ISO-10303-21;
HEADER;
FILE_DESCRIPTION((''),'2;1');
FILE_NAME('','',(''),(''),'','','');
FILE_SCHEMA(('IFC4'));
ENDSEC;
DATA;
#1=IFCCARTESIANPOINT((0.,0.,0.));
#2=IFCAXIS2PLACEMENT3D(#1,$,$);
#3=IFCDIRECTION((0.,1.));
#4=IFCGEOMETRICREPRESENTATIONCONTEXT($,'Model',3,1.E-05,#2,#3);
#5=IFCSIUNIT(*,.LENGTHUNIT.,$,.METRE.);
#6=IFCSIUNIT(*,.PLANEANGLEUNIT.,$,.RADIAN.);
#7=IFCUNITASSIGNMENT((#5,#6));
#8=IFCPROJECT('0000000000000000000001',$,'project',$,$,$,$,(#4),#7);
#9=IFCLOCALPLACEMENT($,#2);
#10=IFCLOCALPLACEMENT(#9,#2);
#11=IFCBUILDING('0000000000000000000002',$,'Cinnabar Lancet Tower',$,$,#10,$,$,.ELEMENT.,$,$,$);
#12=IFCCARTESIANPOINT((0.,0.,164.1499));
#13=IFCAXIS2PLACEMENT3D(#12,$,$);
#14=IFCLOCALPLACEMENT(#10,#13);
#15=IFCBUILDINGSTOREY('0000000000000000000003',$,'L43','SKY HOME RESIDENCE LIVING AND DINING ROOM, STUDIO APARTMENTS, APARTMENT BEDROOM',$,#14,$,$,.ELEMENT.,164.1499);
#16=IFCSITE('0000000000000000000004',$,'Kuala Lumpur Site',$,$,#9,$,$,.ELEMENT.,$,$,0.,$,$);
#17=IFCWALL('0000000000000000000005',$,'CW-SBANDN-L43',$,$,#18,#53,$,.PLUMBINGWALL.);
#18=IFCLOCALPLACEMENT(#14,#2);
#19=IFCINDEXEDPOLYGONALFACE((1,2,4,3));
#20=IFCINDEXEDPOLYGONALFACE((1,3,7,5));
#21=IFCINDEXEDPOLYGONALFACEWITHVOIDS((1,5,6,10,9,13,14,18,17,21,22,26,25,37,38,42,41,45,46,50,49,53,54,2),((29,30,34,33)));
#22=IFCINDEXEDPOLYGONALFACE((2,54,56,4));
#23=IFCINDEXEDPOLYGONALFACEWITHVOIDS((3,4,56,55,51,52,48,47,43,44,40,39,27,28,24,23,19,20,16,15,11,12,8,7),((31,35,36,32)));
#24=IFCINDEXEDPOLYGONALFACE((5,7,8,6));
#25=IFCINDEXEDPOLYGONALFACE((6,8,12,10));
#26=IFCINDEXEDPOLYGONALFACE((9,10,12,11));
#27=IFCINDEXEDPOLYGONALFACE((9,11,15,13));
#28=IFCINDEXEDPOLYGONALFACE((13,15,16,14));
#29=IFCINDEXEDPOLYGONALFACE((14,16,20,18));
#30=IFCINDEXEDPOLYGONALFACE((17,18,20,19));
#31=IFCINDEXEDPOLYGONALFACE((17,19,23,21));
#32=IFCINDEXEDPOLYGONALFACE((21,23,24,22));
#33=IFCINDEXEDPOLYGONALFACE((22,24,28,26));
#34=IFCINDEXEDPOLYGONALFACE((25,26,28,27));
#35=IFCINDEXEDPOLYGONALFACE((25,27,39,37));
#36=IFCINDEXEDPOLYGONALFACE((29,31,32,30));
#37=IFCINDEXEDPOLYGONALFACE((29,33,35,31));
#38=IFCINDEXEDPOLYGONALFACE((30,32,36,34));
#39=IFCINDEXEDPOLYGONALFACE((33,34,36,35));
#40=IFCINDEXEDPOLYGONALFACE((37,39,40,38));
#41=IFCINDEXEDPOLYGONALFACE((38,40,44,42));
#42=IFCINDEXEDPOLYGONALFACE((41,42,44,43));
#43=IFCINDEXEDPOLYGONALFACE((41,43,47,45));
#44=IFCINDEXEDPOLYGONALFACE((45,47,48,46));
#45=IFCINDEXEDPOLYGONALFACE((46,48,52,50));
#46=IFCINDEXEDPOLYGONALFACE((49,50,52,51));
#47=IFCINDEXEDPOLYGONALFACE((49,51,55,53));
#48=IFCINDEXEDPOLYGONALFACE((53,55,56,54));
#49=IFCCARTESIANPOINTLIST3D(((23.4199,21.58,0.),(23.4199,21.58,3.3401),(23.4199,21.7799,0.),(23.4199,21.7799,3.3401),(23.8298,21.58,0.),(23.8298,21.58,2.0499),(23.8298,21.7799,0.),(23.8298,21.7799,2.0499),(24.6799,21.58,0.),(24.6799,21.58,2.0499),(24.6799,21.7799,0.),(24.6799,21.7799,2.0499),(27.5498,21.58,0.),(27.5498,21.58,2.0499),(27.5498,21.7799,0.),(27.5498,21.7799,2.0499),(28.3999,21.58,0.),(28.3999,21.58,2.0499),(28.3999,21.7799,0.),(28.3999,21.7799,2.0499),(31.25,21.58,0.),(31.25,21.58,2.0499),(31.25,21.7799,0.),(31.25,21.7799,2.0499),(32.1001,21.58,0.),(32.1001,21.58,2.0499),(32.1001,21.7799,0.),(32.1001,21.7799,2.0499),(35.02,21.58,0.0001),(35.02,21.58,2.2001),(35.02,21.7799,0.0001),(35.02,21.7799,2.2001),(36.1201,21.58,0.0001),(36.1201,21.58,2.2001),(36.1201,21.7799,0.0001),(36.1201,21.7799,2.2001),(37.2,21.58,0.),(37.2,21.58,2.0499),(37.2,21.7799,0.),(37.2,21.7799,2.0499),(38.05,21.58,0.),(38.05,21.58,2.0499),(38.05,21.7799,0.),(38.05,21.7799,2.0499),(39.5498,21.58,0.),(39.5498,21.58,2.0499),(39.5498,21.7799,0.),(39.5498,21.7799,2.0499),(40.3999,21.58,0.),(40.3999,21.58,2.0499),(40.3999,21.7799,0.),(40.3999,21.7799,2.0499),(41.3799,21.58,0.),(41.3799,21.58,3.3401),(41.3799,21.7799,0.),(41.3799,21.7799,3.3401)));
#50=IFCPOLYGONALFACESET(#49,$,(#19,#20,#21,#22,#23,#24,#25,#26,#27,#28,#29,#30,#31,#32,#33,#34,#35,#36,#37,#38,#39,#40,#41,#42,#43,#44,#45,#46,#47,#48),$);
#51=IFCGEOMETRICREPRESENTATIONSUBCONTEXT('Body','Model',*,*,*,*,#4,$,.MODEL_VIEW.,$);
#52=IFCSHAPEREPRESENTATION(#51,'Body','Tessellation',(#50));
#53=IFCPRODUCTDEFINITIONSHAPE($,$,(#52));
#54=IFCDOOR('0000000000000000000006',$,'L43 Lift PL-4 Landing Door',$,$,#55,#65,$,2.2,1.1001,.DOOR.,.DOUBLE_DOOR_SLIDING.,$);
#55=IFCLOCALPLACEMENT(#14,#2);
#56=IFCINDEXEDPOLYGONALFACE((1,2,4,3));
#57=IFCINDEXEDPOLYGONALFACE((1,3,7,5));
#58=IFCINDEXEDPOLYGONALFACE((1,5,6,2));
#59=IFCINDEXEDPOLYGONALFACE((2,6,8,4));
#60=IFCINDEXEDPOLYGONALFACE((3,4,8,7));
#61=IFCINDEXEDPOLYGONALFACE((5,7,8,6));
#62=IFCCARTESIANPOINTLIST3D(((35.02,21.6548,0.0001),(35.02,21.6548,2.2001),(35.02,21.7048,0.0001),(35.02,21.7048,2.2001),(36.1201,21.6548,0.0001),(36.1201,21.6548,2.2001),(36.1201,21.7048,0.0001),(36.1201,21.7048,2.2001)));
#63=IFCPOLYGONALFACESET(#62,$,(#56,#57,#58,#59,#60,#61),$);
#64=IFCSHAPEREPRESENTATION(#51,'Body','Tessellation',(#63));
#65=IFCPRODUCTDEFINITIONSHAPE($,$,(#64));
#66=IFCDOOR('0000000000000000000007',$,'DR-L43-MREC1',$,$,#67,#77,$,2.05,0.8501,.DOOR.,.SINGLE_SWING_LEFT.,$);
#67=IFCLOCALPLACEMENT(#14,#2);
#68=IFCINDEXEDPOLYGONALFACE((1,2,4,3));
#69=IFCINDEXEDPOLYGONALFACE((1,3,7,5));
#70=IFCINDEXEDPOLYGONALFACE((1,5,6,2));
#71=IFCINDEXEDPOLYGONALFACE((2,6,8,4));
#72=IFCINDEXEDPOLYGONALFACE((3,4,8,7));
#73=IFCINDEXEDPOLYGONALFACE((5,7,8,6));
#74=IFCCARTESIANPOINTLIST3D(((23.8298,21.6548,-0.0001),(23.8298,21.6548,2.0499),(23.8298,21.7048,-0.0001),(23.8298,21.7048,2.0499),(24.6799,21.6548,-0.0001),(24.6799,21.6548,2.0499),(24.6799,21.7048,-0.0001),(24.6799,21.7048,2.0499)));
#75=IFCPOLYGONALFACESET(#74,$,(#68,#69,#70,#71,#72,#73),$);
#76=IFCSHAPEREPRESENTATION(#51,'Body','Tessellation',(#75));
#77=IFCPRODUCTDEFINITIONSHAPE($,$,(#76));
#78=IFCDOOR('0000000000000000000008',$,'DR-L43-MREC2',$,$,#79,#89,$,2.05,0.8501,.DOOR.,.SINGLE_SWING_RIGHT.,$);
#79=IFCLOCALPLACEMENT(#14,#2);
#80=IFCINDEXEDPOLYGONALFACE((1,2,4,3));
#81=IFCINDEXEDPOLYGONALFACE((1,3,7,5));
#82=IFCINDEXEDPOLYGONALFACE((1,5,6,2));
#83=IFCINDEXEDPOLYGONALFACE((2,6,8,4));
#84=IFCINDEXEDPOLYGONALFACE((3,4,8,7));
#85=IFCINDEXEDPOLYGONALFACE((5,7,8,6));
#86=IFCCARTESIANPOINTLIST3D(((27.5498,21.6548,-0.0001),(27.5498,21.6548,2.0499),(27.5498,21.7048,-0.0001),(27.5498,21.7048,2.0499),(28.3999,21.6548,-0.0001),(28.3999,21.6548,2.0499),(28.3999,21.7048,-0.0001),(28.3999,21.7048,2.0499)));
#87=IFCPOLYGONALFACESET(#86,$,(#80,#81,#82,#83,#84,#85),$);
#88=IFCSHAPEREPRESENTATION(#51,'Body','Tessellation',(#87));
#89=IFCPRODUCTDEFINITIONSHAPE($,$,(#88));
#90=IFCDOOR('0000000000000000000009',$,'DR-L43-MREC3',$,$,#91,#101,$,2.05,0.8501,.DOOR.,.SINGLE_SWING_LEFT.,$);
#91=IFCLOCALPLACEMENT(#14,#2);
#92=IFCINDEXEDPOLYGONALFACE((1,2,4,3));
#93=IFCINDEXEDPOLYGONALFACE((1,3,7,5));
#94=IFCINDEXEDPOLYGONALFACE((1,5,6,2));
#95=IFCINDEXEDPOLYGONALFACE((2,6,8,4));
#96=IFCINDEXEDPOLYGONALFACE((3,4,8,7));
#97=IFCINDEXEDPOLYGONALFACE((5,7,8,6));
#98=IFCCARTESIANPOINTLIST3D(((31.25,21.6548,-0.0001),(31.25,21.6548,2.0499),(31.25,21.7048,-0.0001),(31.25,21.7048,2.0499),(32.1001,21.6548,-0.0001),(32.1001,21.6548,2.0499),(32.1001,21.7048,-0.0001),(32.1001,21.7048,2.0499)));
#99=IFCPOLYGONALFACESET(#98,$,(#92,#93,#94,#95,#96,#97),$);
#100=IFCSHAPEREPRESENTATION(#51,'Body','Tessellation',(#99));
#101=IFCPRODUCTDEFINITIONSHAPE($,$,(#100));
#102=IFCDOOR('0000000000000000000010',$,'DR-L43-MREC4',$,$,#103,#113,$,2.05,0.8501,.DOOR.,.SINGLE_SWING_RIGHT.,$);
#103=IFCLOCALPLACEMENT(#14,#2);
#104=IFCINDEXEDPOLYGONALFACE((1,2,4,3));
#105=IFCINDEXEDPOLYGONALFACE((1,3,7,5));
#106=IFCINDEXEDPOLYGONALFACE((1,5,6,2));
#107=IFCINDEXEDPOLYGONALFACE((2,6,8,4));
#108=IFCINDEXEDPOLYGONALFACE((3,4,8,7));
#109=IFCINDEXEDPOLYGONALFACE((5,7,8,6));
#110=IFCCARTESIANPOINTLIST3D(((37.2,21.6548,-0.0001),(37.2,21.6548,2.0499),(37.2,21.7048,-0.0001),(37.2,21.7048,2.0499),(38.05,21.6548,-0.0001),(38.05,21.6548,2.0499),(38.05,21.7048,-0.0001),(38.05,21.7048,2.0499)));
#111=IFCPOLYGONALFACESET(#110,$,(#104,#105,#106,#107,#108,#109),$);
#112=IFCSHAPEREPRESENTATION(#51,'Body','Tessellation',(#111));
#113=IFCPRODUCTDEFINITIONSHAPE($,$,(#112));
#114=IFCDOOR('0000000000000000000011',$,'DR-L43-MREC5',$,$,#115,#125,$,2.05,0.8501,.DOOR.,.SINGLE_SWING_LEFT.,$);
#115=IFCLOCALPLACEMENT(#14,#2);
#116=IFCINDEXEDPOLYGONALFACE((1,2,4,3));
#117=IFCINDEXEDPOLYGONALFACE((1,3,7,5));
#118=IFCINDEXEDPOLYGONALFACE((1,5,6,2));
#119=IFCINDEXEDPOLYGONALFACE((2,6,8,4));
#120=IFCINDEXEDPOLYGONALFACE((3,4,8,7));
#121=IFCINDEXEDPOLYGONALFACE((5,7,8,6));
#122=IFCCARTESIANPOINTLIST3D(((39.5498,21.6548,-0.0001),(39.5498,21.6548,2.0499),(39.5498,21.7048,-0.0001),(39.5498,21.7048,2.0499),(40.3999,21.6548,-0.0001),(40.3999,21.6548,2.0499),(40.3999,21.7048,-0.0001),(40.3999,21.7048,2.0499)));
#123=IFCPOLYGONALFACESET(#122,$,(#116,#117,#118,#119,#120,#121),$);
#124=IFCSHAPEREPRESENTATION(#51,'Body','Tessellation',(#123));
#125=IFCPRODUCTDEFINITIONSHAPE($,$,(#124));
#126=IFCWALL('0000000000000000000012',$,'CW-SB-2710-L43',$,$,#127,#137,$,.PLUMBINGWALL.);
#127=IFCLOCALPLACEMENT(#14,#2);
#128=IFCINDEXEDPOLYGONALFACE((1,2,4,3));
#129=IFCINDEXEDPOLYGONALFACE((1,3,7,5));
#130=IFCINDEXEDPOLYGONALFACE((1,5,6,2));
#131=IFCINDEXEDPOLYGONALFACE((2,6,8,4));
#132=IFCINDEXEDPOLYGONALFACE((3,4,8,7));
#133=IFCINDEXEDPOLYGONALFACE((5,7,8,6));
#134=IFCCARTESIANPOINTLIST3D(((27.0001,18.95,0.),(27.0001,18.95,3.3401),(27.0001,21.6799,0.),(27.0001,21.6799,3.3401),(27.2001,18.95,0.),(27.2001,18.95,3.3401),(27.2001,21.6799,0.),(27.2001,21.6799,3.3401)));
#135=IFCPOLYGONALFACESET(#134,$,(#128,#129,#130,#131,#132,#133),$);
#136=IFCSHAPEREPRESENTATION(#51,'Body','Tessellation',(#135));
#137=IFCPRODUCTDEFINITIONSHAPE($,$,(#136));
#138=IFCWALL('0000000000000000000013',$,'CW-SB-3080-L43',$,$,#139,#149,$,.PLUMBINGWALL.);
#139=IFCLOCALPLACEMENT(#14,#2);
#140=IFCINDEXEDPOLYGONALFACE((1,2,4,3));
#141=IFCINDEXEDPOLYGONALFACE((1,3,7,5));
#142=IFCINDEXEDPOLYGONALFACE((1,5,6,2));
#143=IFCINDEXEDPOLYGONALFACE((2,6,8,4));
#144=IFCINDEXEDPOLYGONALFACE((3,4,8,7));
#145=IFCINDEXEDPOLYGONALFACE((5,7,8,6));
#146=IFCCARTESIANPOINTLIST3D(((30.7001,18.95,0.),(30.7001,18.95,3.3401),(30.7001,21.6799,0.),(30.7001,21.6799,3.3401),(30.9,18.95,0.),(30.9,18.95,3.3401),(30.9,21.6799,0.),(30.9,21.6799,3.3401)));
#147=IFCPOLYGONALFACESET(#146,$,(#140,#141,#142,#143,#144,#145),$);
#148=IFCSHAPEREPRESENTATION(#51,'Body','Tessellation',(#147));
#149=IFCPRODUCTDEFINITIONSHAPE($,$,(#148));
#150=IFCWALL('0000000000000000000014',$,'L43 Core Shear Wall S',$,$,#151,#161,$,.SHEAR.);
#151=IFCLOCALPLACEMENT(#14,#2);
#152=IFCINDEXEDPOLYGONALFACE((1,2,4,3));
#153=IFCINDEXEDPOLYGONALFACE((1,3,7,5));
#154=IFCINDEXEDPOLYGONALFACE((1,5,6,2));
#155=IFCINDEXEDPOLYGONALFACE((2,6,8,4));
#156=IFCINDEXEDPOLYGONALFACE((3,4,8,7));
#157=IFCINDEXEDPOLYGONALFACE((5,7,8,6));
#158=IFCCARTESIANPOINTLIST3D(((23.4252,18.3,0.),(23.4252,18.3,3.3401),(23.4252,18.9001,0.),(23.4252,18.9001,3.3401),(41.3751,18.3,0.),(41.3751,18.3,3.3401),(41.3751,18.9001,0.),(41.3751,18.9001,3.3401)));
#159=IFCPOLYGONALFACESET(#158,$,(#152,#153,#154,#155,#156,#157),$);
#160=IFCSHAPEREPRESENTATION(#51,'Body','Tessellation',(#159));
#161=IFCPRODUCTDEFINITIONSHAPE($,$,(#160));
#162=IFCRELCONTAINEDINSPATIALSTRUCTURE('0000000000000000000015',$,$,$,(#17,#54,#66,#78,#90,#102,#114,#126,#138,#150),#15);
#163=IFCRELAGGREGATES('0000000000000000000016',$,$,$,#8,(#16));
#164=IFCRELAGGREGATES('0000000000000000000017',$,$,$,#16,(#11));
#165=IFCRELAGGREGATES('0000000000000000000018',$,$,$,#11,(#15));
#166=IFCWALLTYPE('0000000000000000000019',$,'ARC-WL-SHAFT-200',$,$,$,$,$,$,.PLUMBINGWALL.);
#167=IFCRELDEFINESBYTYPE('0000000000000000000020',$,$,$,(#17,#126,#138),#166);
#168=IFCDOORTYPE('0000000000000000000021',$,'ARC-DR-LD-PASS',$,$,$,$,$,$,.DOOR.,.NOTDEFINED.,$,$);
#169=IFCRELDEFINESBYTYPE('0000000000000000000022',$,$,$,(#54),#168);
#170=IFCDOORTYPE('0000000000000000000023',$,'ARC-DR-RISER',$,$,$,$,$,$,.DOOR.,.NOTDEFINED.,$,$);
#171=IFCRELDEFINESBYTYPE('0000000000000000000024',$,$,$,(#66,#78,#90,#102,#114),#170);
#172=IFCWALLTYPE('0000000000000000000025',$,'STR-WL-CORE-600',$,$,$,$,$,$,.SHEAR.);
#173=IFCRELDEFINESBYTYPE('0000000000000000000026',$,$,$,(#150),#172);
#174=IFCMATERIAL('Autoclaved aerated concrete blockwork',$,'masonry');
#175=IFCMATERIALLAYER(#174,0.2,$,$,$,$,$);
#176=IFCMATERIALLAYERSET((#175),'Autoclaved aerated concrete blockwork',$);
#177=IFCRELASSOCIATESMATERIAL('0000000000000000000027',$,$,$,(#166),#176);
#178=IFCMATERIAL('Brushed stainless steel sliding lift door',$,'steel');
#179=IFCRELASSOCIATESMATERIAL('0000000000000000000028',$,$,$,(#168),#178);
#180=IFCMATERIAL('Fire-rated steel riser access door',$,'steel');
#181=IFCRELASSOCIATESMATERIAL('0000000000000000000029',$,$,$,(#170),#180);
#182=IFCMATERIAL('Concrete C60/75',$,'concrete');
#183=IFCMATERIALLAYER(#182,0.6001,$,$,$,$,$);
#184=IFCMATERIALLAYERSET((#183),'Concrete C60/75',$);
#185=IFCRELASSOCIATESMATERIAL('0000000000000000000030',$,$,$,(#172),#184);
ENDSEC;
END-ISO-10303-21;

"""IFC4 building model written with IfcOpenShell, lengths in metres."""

from ifc_helpers import new_model, si_unit, direction, frame, frame_2d, origin, place, context, subcontext, project, spatial, rectangle, extrude, material, layer, layer_set, type_object, element, fill, save


model = new_model("IFC4")

# Units and contexts
model_context = context("Model", 3, precision=1e-05, world=origin(), true_north=direction((0.0, 1.0)))
body_context = subcontext(model_context, "Body", "Model", "MODEL_VIEW")
ifc_project = project(units=[si_unit("LENGTHUNIT", "METRE"), si_unit("PLANEANGLEUNIT", "RADIAN")], contexts=[model_context])

# Site, building, storey
site_placement = place(None, origin())
site = spatial("IfcSite", under=ifc_project, at=site_placement, Name="Kuala Lumpur Site", CompositionType="ELEMENT", RefElevation=0.0)
building_placement = place(site_placement, origin())
building = spatial("IfcBuilding", under=site, at=building_placement, Name="Cinnabar Lancet Tower", CompositionType="ELEMENT")
storey_placement = place(building_placement, frame((0.0, 0.0, 164.1499)))
storey = spatial("IfcBuildingStorey", under=building, at=storey_placement, Name="L43", Description="SKY HOME RESIDENCE LIVING AND DINING ROOM, STUDIO APARTMENTS, APARTMENT BEDROOM", CompositionType="ELEMENT", Elevation=164.1499)

# Shared definitions
ifc_material_1 = material(Name="Autoclaved aerated concrete blockwork", Category="masonry")
ifc_layer_1 = layer(ifc_material_1, 0.2)
ifc_layer_set_1 = layer_set([ifc_layer_1], Name="Autoclaved aerated concrete blockwork")
wall_type_1 = type_object("IfcWallType", Name="ARC-WL-SHAFT-200", PredefinedType="PLUMBINGWALL", material=ifc_layer_set_1)

# Shared definitions
ifc_material_2 = material(Name="Brushed stainless steel sliding lift door", Category="steel")
door_type_1 = type_object("IfcDoorType", Name="ARC-DR-LD-PASS", OperationType="NOTDEFINED", PredefinedType="DOOR", material=ifc_material_2)

# Wall, openings, doors
wall_1_placement = place(storey_placement, frame((23.4199, 21.6799, 0.0), z_axis=(0.0, 0.0, 1.0), x_axis=(1.0, 0.0, 0.0)))
wall_1 = element("IfcWall", 1, at=wall_1_placement, inside=storey, type_object=wall_type_1, Name="CW-SBANDN-L43", PredefinedType="PLUMBINGWALL", context=body_context, shape_type="SweptSolid", body=[
    extrude(rectangle(XDim=17.96, YDim=0.2, at=frame_2d((8.98, 0.0))), origin(), (0.0, 0.0, 1.0), 3.3401),
])
opening_1_placement = place(wall_1_placement, frame((11.6001, 0.0, 0.0)))
opening_1 = element("IfcOpeningElement", 2, at=opening_1_placement, cuts=wall_1, PredefinedType="OPENING", context=body_context, shape_type="SweptSolid", body=[
    extrude(rectangle(XDim=1.1001, YDim=2.2, at=frame_2d((0.55, 1.1001))), frame((0.0, 0.1099, 0.0), z_axis=(0.0, -1.0, 0.0), x_axis=(1.0, 0.0, 0.0)), (0.0, 0.0, 1.0), 0.22),
])
opening_2_placement = place(wall_1_placement, frame((0.4099, 0.0, 0.0)))
opening_2 = element("IfcOpeningElement", 3, at=opening_2_placement, cuts=wall_1, PredefinedType="OPENING", context=body_context, shape_type="SweptSolid", body=[
    extrude(rectangle(XDim=0.8501, YDim=2.05, at=frame_2d((0.425, 1.0249))), frame((0.0, 0.1099, 0.0), z_axis=(0.0, -1.0, 0.0), x_axis=(1.0, 0.0, 0.0)), (0.0, 0.0, 1.0), 0.22),
])
opening_3_placement = place(wall_1_placement, frame((4.1299, 0.0, 0.0)))
opening_3 = element("IfcOpeningElement", 4, at=opening_3_placement, cuts=wall_1, PredefinedType="OPENING", context=body_context, shape_type="SweptSolid", body=[
    extrude(rectangle(XDim=0.8501, YDim=2.05, at=frame_2d((0.425, 1.0249))), frame((0.0, 0.1099, 0.0), z_axis=(0.0, -1.0, 0.0), x_axis=(1.0, 0.0, 0.0)), (0.0, 0.0, 1.0), 0.22),
])
opening_4_placement = place(wall_1_placement, frame((7.8301, 0.0, 0.0)))
opening_4 = element("IfcOpeningElement", 5, at=opening_4_placement, cuts=wall_1, PredefinedType="OPENING", context=body_context, shape_type="SweptSolid", body=[
    extrude(rectangle(XDim=0.8501, YDim=2.05, at=frame_2d((0.425, 1.0249))), frame((0.0, 0.1099, 0.0), z_axis=(0.0, -1.0, 0.0), x_axis=(1.0, 0.0, 0.0)), (0.0, 0.0, 1.0), 0.22),
])
opening_5_placement = place(wall_1_placement, frame((13.78, 0.0, 0.0)))
opening_5 = element("IfcOpeningElement", 6, at=opening_5_placement, cuts=wall_1, PredefinedType="OPENING", context=body_context, shape_type="SweptSolid", body=[
    extrude(rectangle(XDim=0.8501, YDim=2.05, at=frame_2d((0.425, 1.0249))), frame((0.0, 0.1099, 0.0), z_axis=(0.0, -1.0, 0.0), x_axis=(1.0, 0.0, 0.0)), (0.0, 0.0, 1.0), 0.22),
])
opening_6_placement = place(wall_1_placement, frame((16.1299, 0.0, 0.0)))
opening_6 = element("IfcOpeningElement", 7, at=opening_6_placement, cuts=wall_1, PredefinedType="OPENING", context=body_context, shape_type="SweptSolid", body=[
    extrude(rectangle(XDim=0.8501, YDim=2.05, at=frame_2d((0.425, 1.0249))), frame((0.0, 0.1099, 0.0), z_axis=(0.0, -1.0, 0.0), x_axis=(1.0, 0.0, 0.0)), (0.0, 0.0, 1.0), 0.22),
])
door_1_placement = place(opening_1_placement, origin())
door_1 = element("IfcDoor", 8, at=door_1_placement, inside=storey, type_object=door_type_1, Name="L43 Lift PL-4 Landing Door", OperationType="DOUBLE_DOOR_SLIDING", OverallHeight=2.2, OverallWidth=1.1001, PredefinedType="DOOR", context=body_context, shape_type="SweptSolid", body=[
    extrude(rectangle(XDim=1.1001, YDim=2.2, at=frame_2d((0.55, 1.1001))), frame((0.0, 0.0249, 0.0), z_axis=(0.0, -1.0, 0.0), x_axis=(1.0, 0.0, 0.0)), (0.0, 0.0, 1.0), 0.05),
])
fill(opening_1, door_1)
ifc_material_3 = material(Name="Fire-rated steel riser access door", Category="steel")
door_type_2 = type_object("IfcDoorType", Name="ARC-DR-RISER", OperationType="NOTDEFINED", PredefinedType="DOOR", material=ifc_material_3)
door_2_placement = place(opening_2_placement, origin())
door_2 = element("IfcDoor", 9, at=door_2_placement, inside=storey, type_object=door_type_2, Name="DR-L43-MREC1", OperationType="SINGLE_SWING_LEFT", OverallHeight=2.05, OverallWidth=0.8501, PredefinedType="DOOR", context=body_context, shape_type="SweptSolid", body=[
    extrude(rectangle(XDim=0.8501, YDim=2.05, at=frame_2d((0.425, 1.0249))), frame((0.0, 0.0249, 0.0), z_axis=(0.0, -1.0, 0.0), x_axis=(1.0, 0.0, 0.0)), (0.0, 0.0, 1.0), 0.05),
])
fill(opening_2, door_2)
door_3_placement = place(opening_3_placement, origin())
door_3 = element("IfcDoor", 10, at=door_3_placement, inside=storey, type_object=door_type_2, Name="DR-L43-MREC2", OperationType="SINGLE_SWING_RIGHT", OverallHeight=2.05, OverallWidth=0.8501, PredefinedType="DOOR", context=body_context, shape_type="SweptSolid", body=[
    extrude(rectangle(XDim=0.8501, YDim=2.05, at=frame_2d((0.425, 1.0249))), frame((0.0, 0.0249, 0.0), z_axis=(0.0, -1.0, 0.0), x_axis=(1.0, 0.0, 0.0)), (0.0, 0.0, 1.0), 0.05),
])
fill(opening_3, door_3)
door_4_placement = place(opening_4_placement, origin())
door_4 = element("IfcDoor", 11, at=door_4_placement, inside=storey, type_object=door_type_2, Name="DR-L43-MREC3", OperationType="SINGLE_SWING_LEFT", OverallHeight=2.05, OverallWidth=0.8501, PredefinedType="DOOR", context=body_context, shape_type="SweptSolid", body=[
    extrude(rectangle(XDim=0.8501, YDim=2.05, at=frame_2d((0.425, 1.0249))), frame((0.0, 0.0249, 0.0), z_axis=(0.0, -1.0, 0.0), x_axis=(1.0, 0.0, 0.0)), (0.0, 0.0, 1.0), 0.05),
])
fill(opening_4, door_4)
door_5_placement = place(opening_5_placement, origin())
door_5 = element("IfcDoor", 12, at=door_5_placement, inside=storey, type_object=door_type_2, Name="DR-L43-MREC4", OperationType="SINGLE_SWING_RIGHT", OverallHeight=2.05, OverallWidth=0.8501, PredefinedType="DOOR", context=body_context, shape_type="SweptSolid", body=[
    extrude(rectangle(XDim=0.8501, YDim=2.05, at=frame_2d((0.425, 1.0249))), frame((0.0, 0.0249, 0.0), z_axis=(0.0, -1.0, 0.0), x_axis=(1.0, 0.0, 0.0)), (0.0, 0.0, 1.0), 0.05),
])
fill(opening_5, door_5)
door_6_placement = place(opening_6_placement, origin())
door_6 = element("IfcDoor", 13, at=door_6_placement, inside=storey, type_object=door_type_2, Name="DR-L43-MREC5", OperationType="SINGLE_SWING_LEFT", OverallHeight=2.05, OverallWidth=0.8501, PredefinedType="DOOR", context=body_context, shape_type="SweptSolid", body=[
    extrude(rectangle(XDim=0.8501, YDim=2.05, at=frame_2d((0.425, 1.0249))), frame((0.0, 0.0249, 0.0), z_axis=(0.0, -1.0, 0.0), x_axis=(1.0, 0.0, 0.0)), (0.0, 0.0, 1.0), 0.05),
])
fill(opening_6, door_6)

# Walls
for number, where, z_axis, x_axis, name in (
    (14, (27.1001, 18.95, 0.0), (0.0, 0.0, 1.0), (0.0, 1.0, 0.0), "CW-SB-2710-L43"),
    (15, (30.8, 18.95, 0.0), (0.0, 0.0, 1.0), (0.0, 1.0, 0.0), "CW-SB-3080-L43"),
):
    element("IfcWall", number, at=place(storey_placement, frame(where, z_axis=z_axis, x_axis=x_axis)), inside=storey, type_object=wall_type_1, Name=name, PredefinedType="PLUMBINGWALL", context=body_context, shape_type="SweptSolid", body=[
        extrude(rectangle(XDim=2.73, YDim=0.2, at=frame_2d((1.365, 0.0))), origin(), (0.0, 0.0, 1.0), 3.3401),
    ])
ifc_material_4 = material(Name="Concrete C60/75", Category="concrete")
ifc_layer_2 = layer(ifc_material_4, 0.6001)
ifc_layer_set_2 = layer_set([ifc_layer_2], Name="Concrete C60/75")
wall_type_2 = type_object("IfcWallType", Name="STR-WL-CORE-600", PredefinedType="SHEAR", material=ifc_layer_set_2)
wall_2_placement = place(storey_placement, frame((23.425, 18.6001, 0.0), z_axis=(0.0, 0.0, 1.0), x_axis=(1.0, 0.0, 0.0)))
element("IfcWall", 16, at=wall_2_placement, inside=storey, type_object=wall_type_2, Name="L43 Core Shear Wall S", PredefinedType="SHEAR", context=body_context, shape_type="SweptSolid", body=[
    extrude(rectangle(XDim=17.95, YDim=0.6001, at=frame_2d((8.9751, 0.0))), origin(), (0.0, 0.0, 1.0), 3.3401),
])

save(model, "model.ifc")
